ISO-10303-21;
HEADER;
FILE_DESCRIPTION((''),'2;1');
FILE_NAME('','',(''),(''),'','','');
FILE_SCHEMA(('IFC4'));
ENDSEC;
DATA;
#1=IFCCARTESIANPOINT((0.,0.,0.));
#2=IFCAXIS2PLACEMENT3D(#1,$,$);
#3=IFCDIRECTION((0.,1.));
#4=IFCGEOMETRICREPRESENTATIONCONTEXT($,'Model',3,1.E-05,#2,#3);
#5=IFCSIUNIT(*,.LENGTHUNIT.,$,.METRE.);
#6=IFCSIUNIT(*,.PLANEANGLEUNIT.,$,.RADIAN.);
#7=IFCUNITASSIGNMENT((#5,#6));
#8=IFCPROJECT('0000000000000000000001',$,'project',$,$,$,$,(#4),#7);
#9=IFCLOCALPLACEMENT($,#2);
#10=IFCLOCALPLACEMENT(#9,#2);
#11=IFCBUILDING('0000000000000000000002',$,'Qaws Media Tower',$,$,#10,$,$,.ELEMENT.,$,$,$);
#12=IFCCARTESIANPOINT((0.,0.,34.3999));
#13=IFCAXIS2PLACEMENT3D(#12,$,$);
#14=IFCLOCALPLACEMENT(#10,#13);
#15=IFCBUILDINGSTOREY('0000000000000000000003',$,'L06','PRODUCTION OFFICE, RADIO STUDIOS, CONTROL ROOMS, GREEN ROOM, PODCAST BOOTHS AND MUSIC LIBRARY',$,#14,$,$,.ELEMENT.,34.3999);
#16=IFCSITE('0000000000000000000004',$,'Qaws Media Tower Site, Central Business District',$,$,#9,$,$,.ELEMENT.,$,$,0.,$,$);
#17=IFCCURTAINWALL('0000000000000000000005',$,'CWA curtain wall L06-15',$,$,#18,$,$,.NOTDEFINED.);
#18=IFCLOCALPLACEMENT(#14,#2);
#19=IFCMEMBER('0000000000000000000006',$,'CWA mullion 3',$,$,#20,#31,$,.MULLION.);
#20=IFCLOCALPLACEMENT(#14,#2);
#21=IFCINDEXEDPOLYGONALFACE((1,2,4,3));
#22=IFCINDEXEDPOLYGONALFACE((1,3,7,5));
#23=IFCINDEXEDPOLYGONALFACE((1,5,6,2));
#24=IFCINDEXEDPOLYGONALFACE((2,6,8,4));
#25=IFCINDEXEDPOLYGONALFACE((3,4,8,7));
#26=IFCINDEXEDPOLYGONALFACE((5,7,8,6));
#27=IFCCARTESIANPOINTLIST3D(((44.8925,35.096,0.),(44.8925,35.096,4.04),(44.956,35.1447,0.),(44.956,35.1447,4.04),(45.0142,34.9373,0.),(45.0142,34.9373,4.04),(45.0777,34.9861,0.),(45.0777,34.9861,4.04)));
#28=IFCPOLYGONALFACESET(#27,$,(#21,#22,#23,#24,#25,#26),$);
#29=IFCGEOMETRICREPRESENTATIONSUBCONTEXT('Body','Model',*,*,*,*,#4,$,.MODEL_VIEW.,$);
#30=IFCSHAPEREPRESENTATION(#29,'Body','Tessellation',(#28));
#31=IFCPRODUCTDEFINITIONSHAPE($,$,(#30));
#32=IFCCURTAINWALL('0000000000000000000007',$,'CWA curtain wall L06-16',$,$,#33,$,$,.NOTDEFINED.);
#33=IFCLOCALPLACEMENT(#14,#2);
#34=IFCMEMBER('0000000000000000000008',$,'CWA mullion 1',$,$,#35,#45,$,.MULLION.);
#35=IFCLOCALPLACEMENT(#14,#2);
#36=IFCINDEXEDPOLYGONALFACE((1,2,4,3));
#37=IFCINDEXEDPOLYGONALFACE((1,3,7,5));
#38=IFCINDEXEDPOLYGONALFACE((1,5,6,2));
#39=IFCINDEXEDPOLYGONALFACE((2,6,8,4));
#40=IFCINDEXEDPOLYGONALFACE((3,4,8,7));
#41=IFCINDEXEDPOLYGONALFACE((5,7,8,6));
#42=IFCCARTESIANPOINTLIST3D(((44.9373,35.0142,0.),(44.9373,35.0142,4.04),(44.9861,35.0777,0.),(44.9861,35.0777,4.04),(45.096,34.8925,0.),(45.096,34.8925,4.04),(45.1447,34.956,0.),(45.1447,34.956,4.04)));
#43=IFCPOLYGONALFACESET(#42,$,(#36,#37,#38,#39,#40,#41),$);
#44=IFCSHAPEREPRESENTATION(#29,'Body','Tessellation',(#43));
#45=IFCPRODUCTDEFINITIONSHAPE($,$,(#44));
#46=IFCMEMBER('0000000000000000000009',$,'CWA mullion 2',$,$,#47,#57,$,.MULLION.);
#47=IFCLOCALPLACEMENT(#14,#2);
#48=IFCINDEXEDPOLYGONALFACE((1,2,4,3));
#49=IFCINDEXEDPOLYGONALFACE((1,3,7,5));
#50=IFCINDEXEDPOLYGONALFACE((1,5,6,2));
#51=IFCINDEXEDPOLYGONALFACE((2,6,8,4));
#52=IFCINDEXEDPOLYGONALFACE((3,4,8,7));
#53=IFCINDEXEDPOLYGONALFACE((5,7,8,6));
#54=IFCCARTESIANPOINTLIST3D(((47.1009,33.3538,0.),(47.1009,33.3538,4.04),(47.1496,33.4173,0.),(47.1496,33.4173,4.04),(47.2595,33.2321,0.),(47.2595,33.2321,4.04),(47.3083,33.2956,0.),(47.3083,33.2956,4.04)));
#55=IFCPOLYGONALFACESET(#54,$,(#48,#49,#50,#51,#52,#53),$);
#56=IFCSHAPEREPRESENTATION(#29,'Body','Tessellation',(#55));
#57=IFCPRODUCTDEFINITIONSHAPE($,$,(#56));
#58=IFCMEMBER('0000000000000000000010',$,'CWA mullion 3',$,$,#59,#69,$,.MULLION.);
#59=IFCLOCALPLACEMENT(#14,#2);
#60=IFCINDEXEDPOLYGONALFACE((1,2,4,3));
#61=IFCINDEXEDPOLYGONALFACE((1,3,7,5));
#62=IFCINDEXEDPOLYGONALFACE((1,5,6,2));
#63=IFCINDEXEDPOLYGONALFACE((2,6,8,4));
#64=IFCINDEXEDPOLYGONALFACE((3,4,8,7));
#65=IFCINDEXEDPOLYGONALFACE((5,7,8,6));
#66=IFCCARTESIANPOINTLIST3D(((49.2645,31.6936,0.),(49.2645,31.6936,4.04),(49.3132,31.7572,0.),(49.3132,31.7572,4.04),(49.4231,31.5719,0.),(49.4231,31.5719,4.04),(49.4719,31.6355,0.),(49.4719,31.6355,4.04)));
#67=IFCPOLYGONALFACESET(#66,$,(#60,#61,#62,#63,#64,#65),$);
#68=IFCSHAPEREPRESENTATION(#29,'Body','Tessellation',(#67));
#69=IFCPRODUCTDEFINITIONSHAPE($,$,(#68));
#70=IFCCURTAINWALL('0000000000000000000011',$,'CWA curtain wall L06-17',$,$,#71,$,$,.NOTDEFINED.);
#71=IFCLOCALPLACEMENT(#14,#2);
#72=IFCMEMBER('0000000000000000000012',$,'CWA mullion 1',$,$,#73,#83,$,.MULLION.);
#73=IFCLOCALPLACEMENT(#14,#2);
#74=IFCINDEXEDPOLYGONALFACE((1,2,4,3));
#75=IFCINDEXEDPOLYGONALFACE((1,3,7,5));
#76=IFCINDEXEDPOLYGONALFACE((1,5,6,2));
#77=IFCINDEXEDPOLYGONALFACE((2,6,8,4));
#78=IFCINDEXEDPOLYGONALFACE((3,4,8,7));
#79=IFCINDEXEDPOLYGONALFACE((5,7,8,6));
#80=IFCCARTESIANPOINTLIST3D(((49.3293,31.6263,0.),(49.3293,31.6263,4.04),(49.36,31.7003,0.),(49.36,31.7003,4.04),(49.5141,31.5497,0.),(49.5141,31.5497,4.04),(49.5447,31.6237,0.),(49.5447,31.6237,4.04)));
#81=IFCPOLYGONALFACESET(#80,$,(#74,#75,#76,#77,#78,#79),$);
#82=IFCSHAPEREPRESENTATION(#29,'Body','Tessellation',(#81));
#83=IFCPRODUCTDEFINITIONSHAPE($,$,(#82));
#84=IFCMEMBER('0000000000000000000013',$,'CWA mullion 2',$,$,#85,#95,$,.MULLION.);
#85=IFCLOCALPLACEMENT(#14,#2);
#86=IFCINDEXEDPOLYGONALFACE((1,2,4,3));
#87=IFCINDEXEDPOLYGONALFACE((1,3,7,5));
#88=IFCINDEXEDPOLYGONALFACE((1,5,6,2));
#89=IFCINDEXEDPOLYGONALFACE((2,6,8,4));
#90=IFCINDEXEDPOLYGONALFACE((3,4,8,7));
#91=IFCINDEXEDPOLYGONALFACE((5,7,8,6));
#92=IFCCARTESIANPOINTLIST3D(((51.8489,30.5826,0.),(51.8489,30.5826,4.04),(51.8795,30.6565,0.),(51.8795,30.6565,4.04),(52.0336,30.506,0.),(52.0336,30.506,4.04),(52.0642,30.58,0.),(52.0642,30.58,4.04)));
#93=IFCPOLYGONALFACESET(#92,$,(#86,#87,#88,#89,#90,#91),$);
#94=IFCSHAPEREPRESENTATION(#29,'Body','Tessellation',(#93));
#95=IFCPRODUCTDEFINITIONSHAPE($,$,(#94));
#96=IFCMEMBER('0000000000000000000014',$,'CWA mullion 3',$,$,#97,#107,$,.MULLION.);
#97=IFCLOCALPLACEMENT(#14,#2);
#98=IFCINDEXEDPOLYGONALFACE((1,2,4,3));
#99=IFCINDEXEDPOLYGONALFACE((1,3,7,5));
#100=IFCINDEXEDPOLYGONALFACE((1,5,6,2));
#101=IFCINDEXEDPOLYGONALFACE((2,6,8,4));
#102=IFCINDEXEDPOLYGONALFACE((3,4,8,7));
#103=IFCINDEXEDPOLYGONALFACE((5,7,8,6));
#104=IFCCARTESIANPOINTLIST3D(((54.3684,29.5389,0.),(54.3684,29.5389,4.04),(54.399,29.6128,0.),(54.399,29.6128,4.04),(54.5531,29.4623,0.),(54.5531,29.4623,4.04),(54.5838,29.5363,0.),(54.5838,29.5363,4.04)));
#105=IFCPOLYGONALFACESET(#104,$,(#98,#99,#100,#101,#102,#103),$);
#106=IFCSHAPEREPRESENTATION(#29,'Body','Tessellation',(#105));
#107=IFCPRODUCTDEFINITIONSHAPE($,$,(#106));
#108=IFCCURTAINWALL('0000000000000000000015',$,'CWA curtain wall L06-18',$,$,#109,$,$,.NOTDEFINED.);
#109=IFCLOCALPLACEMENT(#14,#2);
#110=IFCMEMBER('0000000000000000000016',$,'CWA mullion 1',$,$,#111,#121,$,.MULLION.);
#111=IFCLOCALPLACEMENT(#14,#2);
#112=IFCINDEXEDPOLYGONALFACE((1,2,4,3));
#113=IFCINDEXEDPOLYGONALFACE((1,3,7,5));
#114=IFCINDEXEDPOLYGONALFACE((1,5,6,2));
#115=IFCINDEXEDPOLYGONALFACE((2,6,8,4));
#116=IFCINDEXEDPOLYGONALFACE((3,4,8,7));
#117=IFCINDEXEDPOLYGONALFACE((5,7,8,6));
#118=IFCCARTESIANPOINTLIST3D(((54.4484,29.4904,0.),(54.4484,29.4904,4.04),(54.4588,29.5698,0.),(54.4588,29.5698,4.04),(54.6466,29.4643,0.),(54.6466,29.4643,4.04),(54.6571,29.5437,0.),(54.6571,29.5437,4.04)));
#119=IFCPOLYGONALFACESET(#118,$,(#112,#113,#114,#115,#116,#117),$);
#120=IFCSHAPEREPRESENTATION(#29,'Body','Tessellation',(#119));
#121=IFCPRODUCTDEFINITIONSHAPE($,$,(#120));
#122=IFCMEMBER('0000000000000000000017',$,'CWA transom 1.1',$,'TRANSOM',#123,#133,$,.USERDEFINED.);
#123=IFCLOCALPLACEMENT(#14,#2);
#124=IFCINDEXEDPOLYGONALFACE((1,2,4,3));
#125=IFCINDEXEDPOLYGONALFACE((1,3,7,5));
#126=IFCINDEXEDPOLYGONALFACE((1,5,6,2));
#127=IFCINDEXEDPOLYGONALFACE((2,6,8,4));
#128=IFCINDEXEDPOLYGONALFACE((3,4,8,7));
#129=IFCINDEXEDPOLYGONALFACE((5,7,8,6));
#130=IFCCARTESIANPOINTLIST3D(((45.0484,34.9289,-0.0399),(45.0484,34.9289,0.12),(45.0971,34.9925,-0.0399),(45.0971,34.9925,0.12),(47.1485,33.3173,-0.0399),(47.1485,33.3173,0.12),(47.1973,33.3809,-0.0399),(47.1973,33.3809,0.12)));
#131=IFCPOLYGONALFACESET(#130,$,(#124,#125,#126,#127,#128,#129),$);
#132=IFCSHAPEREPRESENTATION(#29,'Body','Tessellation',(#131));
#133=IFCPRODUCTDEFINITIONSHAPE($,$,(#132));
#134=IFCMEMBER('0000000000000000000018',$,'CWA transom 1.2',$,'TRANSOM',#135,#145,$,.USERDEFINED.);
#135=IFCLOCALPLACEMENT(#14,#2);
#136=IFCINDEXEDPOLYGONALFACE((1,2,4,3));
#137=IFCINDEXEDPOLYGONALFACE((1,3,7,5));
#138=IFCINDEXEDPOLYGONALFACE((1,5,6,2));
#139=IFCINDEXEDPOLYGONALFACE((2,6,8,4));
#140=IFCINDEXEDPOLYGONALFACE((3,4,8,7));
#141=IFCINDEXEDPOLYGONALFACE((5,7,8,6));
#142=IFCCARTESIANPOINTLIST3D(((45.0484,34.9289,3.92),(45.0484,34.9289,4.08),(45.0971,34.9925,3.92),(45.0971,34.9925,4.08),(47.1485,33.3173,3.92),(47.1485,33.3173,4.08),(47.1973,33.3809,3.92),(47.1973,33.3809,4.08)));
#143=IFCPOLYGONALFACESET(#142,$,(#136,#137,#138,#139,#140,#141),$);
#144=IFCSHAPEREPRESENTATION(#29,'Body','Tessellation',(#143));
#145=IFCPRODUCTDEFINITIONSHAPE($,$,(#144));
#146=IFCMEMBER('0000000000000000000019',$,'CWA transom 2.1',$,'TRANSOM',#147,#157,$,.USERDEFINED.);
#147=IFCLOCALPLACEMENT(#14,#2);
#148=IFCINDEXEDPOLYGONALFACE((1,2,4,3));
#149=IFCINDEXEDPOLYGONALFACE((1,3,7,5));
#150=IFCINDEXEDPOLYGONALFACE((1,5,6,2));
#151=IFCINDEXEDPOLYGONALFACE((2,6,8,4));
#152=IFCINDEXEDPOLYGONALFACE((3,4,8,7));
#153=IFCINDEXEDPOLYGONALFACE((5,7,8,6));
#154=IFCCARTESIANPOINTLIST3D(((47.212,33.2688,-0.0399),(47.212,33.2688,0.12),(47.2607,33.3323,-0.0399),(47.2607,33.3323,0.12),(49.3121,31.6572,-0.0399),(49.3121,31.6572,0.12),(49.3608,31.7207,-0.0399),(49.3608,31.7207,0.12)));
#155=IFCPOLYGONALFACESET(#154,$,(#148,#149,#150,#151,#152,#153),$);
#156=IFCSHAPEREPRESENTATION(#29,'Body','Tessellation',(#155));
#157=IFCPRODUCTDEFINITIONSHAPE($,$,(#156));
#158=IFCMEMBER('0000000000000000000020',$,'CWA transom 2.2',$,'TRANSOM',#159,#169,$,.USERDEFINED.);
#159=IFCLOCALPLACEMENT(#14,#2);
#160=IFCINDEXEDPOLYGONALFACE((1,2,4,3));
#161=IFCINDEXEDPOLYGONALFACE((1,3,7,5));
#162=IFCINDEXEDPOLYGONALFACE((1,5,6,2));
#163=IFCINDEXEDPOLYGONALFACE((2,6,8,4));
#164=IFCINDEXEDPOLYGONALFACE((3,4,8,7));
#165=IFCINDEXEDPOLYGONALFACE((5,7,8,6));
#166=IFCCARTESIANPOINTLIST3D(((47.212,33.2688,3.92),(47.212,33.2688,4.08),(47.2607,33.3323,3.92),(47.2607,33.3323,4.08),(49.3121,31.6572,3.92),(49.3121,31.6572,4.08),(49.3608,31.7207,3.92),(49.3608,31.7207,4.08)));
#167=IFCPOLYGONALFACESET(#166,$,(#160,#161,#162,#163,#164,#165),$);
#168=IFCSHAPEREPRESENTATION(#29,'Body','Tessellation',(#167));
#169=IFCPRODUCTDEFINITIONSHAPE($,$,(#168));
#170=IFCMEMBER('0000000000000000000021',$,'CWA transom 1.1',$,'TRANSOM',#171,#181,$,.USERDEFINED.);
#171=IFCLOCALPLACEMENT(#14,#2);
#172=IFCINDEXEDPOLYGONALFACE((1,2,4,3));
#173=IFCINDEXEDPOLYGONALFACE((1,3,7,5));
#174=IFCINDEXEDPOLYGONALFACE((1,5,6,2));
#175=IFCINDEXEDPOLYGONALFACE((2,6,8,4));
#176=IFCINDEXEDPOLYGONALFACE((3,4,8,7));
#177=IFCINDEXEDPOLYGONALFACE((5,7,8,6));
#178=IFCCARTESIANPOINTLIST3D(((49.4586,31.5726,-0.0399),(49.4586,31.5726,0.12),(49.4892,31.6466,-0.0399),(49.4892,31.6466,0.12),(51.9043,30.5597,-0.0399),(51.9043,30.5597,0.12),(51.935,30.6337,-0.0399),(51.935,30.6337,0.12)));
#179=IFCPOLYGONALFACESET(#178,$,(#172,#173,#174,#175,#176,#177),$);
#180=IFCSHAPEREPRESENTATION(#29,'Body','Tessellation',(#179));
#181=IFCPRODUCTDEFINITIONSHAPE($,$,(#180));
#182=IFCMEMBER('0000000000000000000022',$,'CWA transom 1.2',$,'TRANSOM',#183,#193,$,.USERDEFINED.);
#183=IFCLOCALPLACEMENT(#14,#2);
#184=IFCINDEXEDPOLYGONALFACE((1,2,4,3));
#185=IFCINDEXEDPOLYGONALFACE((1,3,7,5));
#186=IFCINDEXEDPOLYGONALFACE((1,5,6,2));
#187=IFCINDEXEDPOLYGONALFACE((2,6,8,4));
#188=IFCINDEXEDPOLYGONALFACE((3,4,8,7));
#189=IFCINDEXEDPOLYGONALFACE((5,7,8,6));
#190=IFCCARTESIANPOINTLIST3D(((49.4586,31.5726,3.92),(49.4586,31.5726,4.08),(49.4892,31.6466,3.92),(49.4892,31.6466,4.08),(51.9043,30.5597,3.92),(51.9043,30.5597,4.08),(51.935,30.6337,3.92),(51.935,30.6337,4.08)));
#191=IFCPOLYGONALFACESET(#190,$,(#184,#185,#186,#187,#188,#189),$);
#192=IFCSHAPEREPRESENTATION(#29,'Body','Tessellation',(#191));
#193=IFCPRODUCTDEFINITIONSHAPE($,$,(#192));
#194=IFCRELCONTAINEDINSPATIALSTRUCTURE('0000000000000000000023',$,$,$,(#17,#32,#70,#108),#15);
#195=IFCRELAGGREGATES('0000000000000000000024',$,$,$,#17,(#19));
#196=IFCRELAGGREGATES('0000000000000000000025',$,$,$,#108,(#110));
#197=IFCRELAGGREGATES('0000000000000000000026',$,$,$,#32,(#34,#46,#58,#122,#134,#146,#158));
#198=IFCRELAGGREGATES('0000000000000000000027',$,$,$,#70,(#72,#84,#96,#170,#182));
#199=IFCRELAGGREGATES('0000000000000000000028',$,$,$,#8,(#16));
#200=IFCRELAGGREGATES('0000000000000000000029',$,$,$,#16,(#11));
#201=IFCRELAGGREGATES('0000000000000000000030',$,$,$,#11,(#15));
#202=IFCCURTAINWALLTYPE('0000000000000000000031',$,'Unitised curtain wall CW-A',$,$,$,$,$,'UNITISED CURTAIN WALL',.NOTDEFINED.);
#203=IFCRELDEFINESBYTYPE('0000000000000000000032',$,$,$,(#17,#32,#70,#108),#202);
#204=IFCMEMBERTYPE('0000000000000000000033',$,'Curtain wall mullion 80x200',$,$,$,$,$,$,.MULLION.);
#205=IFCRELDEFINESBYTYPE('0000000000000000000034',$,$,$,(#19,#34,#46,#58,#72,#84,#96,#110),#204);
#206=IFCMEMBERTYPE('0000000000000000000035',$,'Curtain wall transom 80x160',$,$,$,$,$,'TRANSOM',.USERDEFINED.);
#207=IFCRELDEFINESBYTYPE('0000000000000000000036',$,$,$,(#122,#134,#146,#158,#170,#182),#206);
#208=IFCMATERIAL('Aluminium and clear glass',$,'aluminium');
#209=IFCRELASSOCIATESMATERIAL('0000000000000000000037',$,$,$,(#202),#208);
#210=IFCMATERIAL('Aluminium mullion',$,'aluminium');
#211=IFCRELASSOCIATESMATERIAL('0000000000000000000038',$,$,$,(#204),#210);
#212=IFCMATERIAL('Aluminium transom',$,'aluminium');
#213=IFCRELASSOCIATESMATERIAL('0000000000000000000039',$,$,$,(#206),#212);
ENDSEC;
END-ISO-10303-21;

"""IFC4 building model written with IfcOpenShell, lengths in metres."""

from ifc_helpers import new_model, si_unit, direction, frame, origin, origin_2d, place, context, subcontext, project, spatial, rectangle, extrude, material, material_profile, profile_set, type_object, element, aggregate, save


model = new_model("IFC4")

# Units and contexts
model_context = context("Model", 3, precision=1e-05, world=origin(), true_north=direction((0.0, 1.0)))
body_context = subcontext(model_context, "Body", "Model", "MODEL_VIEW")
ifc_project = project(units=[si_unit("LENGTHUNIT", "METRE"), si_unit("PLANEANGLEUNIT", "RADIAN")], contexts=[model_context])

# Site, building, storey
site_placement = place(None, origin())
site = spatial("IfcSite", under=ifc_project, at=site_placement, Name="Qaws Media Tower Site, Central Business District", CompositionType="ELEMENT", RefElevation=0.0)
building_placement = place(site_placement, origin())
building = spatial("IfcBuilding", under=site, at=building_placement, Name="Qaws Media Tower", CompositionType="ELEMENT")
storey_placement = place(building_placement, frame((0.0, 0.0, 34.3999)))
storey = spatial("IfcBuildingStorey", under=building, at=storey_placement, Name="L06", Description="PRODUCTION OFFICE, RADIO STUDIOS, CONTROL ROOMS, GREEN ROOM, PODCAST BOOTHS AND MUSIC LIBRARY", CompositionType="ELEMENT", Elevation=34.3999)

# Curtain wall, member
ifc_material_1 = material(Name="Aluminium and clear glass", Category="aluminium")
curtain_wall_type = type_object("IfcCurtainWallType", Name="Unitised curtain wall CW-A", ElementType="UNITISED CURTAIN WALL", PredefinedType="NOTDEFINED", material=ifc_material_1)
curtain_wall_1_placement = place(storey_placement, origin())
curtain_wall_1 = element("IfcCurtainWall", 1, at=curtain_wall_1_placement, inside=storey, type_object=curtain_wall_type, Name="CWA curtain wall L06-15", PredefinedType="NOTDEFINED")
ifc_material_2 = material(Name="Aluminium mullion", Category="aluminium")
ifc_material_profile_1 = material_profile(ifc_material_2, rectangle(XDim=0.0801, YDim=0.2, at=origin_2d()), Name="80x200")
ifc_profile_set_1 = profile_set([ifc_material_profile_1], Name="Aluminium mullion")
member_type_1 = type_object("IfcMemberType", Name="Curtain wall mullion 80x200", PredefinedType="MULLION", material=ifc_profile_set_1)
member_1_placement = place(storey_placement, frame((44.9851, 35.041, 0.0), z_axis=(0.0, 0.0, 1.0), x_axis=(0.793353, 0.608761, 0.0)))
member_1 = element("IfcMember", 2, at=member_1_placement, type_object=member_type_1, Name="CWA mullion 3", PredefinedType="MULLION", context=body_context, shape_type="SweptSolid", body=[
    extrude(rectangle(XDim=0.0801, YDim=0.2, at=origin_2d()), origin(), (0.0, 0.0, 1.0), 4.04),
])
aggregate(curtain_wall_1, [member_1])

# Curtain walls, members
curtain_wall_2_placement = place(storey_placement, origin())
curtain_wall_2 = element("IfcCurtainWall", 3, at=curtain_wall_2_placement, inside=storey, type_object=curtain_wall_type, Name="CWA curtain wall L06-16", PredefinedType="NOTDEFINED")
member_2_placement = place(storey_placement, frame((45.041, 34.9851, 0.0), z_axis=(0.0, 0.0, 1.0), x_axis=(0.608761, 0.793353, 0.0)))
member_2 = element("IfcMember", 4, at=member_2_placement, type_object=member_type_1, Name="CWA mullion 1", PredefinedType="MULLION", context=body_context, shape_type="SweptSolid", body=[
    extrude(rectangle(XDim=0.0801, YDim=0.2, at=origin_2d()), origin(), (0.0, 0.0, 1.0), 4.04),
])
member_3_placement = place(storey_placement, frame((47.2046, 33.3247, 0.0), z_axis=(0.0, 0.0, 1.0), x_axis=(0.608761, 0.793353, 0.0)))
member_3 = element("IfcMember", 5, at=member_3_placement, type_object=member_type_1, Name="CWA mullion 2", PredefinedType="MULLION", context=body_context, shape_type="SweptSolid", body=[
    extrude(rectangle(XDim=0.0801, YDim=0.2, at=origin_2d()), origin(), (0.0, 0.0, 1.0), 4.04),
])
member_4_placement = place(storey_placement, frame((49.3682, 31.6646, 0.0), z_axis=(0.0, 0.0, 1.0), x_axis=(0.608761, 0.793353, 0.0)))
member_4 = element("IfcMember", 6, at=member_4_placement, type_object=member_type_1, Name="CWA mullion 3", PredefinedType="MULLION", context=body_context, shape_type="SweptSolid", body=[
    extrude(rectangle(XDim=0.0801, YDim=0.2, at=origin_2d()), origin(), (0.0, 0.0, 1.0), 4.04),
])
curtain_wall_3_placement = place(storey_placement, origin())
curtain_wall_3 = element("IfcCurtainWall", 7, at=curtain_wall_3_placement, inside=storey, type_object=curtain_wall_type, Name="CWA curtain wall L06-17", PredefinedType="NOTDEFINED")
member_5_placement = place(storey_placement, frame((49.437, 31.625, 0.0), z_axis=(0.0, 0.0, 1.0), x_axis=(0.382683, 0.92388, 0.0)))
member_5 = element("IfcMember", 8, at=member_5_placement, type_object=member_type_1, Name="CWA mullion 1", PredefinedType="MULLION", context=body_context, shape_type="SweptSolid", body=[
    extrude(rectangle(XDim=0.0801, YDim=0.2, at=origin_2d()), origin(), (0.0, 0.0, 1.0), 4.04),
])
member_6_placement = place(storey_placement, frame((51.9565, 30.5813, 0.0), z_axis=(0.0, 0.0, 1.0), x_axis=(0.382683, 0.92388, 0.0)))
member_6 = element("IfcMember", 9, at=member_6_placement, type_object=member_type_1, Name="CWA mullion 2", PredefinedType="MULLION", context=body_context, shape_type="SweptSolid", body=[
    extrude(rectangle(XDim=0.0801, YDim=0.2, at=origin_2d()), origin(), (0.0, 0.0, 1.0), 4.04),
])
member_7_placement = place(storey_placement, frame((54.4761, 29.5376, 0.0), z_axis=(0.0, 0.0, 1.0), x_axis=(0.382683, 0.92388, 0.0)))
member_7 = element("IfcMember", 10, at=member_7_placement, type_object=member_type_1, Name="CWA mullion 3", PredefinedType="MULLION", context=body_context, shape_type="SweptSolid", body=[
    extrude(rectangle(XDim=0.0801, YDim=0.2, at=origin_2d()), origin(), (0.0, 0.0, 1.0), 4.04),
])

# Curtain wall, member
curtain_wall_4_placement = place(storey_placement, origin())
curtain_wall_4 = element("IfcCurtainWall", 11, at=curtain_wall_4_placement, inside=storey, type_object=curtain_wall_type, Name="CWA curtain wall L06-18", PredefinedType="NOTDEFINED")
member_8_placement = place(storey_placement, frame((54.5527, 29.5171, 0.0), z_axis=(0.0, 0.0, 1.0), x_axis=(0.130526, 0.991445, 0.0)))
member_8 = element("IfcMember", 12, at=member_8_placement, type_object=member_type_1, Name="CWA mullion 1", PredefinedType="MULLION", context=body_context, shape_type="SweptSolid", body=[
    extrude(rectangle(XDim=0.0801, YDim=0.2, at=origin_2d()), origin(), (0.0, 0.0, 1.0), 4.04),
])

# Members
ifc_material_3 = material(Name="Aluminium transom", Category="aluminium")
ifc_material_profile_2 = material_profile(ifc_material_3, rectangle(XDim=0.0801, YDim=0.1599, at=origin_2d()), Name="80x160")
ifc_profile_set_2 = profile_set([ifc_material_profile_2], Name="Aluminium transom")
member_type_2 = type_object("IfcMemberType", Name="Curtain wall transom 80x160", ElementType="TRANSOM", PredefinedType="USERDEFINED", material=ifc_profile_set_2)
member_9_placement = place(storey_placement, frame((45.0728, 34.9607, 0.04), z_axis=(0.793333, -0.608788, 0.0), x_axis=(0.608788, 0.793333, 0.0)))
member_9 = element("IfcMember", 13, at=member_9_placement, type_object=member_type_2, Name="CWA transom 1.1", ObjectType="TRANSOM", PredefinedType="USERDEFINED", context=body_context, shape_type="SweptSolid", body=[
    extrude(rectangle(XDim=0.0801, YDim=0.1599, at=origin_2d()), origin(), (0.0, 0.0, 1.0), 2.6472),
])
member_10_placement = place(storey_placement, frame((45.0728, 34.9607, 4.0), z_axis=(0.793333, -0.608788, 0.0), x_axis=(0.608788, 0.793333, 0.0)))
member_10 = element("IfcMember", 14, at=member_10_placement, type_object=member_type_2, Name="CWA transom 1.2", ObjectType="TRANSOM", PredefinedType="USERDEFINED", context=body_context, shape_type="SweptSolid", body=[
    extrude(rectangle(XDim=0.0801, YDim=0.1599, at=origin_2d()), origin(), (0.0, 0.0, 1.0), 2.6472),
])
member_11_placement = place(storey_placement, frame((47.2363, 33.3005, 0.04), z_axis=(0.793333, -0.608788, 0.0), x_axis=(0.608788, 0.793333, 0.0)))
member_11 = element("IfcMember", 15, at=member_11_placement, type_object=member_type_2, Name="CWA transom 2.1", ObjectType="TRANSOM", PredefinedType="USERDEFINED", context=body_context, shape_type="SweptSolid", body=[
    extrude(rectangle(XDim=0.0801, YDim=0.1599, at=origin_2d()), origin(), (0.0, 0.0, 1.0), 2.6472),
])
member_12_placement = place(storey_placement, frame((47.2363, 33.3005, 4.0), z_axis=(0.793333, -0.608788, 0.0), x_axis=(0.608788, 0.793333, 0.0)))
member_12 = element("IfcMember", 16, at=member_12_placement, type_object=member_type_2, Name="CWA transom 2.2", ObjectType="TRANSOM", PredefinedType="USERDEFINED", context=body_context, shape_type="SweptSolid", body=[
    extrude(rectangle(XDim=0.0801, YDim=0.1599, at=origin_2d()), origin(), (0.0, 0.0, 1.0), 2.6472),
])
member_13_placement = place(storey_placement, frame((49.4739, 31.6096, 0.04), z_axis=(0.923899, -0.382637, 0.0), x_axis=(0.382637, 0.923899, 0.0)))
member_13 = element("IfcMember", 17, at=member_13_placement, type_object=member_type_2, Name="CWA transom 1.1", ObjectType="TRANSOM", PredefinedType="USERDEFINED", context=body_context, shape_type="SweptSolid", body=[
    extrude(rectangle(XDim=0.0801, YDim=0.1599, at=origin_2d()), origin(), (0.0, 0.0, 1.0), 2.6472),
])
member_14_placement = place(storey_placement, frame((49.4739, 31.6096, 4.0), z_axis=(0.923899, -0.382637, 0.0), x_axis=(0.382637, 0.923899, 0.0)))
member_14 = element("IfcMember", 18, at=member_14_placement, type_object=member_type_2, Name="CWA transom 1.2", ObjectType="TRANSOM", PredefinedType="USERDEFINED", context=body_context, shape_type="SweptSolid", body=[
    extrude(rectangle(XDim=0.0801, YDim=0.1599, at=origin_2d()), origin(), (0.0, 0.0, 1.0), 2.6472),
])
aggregate(curtain_wall_4, [member_8])

aggregate(curtain_wall_2, [member_2, member_3, member_4, member_9, member_10, member_11, member_12])
aggregate(curtain_wall_3, [member_5, member_6, member_7, member_13, member_14])

save(model, "model.ifc")
